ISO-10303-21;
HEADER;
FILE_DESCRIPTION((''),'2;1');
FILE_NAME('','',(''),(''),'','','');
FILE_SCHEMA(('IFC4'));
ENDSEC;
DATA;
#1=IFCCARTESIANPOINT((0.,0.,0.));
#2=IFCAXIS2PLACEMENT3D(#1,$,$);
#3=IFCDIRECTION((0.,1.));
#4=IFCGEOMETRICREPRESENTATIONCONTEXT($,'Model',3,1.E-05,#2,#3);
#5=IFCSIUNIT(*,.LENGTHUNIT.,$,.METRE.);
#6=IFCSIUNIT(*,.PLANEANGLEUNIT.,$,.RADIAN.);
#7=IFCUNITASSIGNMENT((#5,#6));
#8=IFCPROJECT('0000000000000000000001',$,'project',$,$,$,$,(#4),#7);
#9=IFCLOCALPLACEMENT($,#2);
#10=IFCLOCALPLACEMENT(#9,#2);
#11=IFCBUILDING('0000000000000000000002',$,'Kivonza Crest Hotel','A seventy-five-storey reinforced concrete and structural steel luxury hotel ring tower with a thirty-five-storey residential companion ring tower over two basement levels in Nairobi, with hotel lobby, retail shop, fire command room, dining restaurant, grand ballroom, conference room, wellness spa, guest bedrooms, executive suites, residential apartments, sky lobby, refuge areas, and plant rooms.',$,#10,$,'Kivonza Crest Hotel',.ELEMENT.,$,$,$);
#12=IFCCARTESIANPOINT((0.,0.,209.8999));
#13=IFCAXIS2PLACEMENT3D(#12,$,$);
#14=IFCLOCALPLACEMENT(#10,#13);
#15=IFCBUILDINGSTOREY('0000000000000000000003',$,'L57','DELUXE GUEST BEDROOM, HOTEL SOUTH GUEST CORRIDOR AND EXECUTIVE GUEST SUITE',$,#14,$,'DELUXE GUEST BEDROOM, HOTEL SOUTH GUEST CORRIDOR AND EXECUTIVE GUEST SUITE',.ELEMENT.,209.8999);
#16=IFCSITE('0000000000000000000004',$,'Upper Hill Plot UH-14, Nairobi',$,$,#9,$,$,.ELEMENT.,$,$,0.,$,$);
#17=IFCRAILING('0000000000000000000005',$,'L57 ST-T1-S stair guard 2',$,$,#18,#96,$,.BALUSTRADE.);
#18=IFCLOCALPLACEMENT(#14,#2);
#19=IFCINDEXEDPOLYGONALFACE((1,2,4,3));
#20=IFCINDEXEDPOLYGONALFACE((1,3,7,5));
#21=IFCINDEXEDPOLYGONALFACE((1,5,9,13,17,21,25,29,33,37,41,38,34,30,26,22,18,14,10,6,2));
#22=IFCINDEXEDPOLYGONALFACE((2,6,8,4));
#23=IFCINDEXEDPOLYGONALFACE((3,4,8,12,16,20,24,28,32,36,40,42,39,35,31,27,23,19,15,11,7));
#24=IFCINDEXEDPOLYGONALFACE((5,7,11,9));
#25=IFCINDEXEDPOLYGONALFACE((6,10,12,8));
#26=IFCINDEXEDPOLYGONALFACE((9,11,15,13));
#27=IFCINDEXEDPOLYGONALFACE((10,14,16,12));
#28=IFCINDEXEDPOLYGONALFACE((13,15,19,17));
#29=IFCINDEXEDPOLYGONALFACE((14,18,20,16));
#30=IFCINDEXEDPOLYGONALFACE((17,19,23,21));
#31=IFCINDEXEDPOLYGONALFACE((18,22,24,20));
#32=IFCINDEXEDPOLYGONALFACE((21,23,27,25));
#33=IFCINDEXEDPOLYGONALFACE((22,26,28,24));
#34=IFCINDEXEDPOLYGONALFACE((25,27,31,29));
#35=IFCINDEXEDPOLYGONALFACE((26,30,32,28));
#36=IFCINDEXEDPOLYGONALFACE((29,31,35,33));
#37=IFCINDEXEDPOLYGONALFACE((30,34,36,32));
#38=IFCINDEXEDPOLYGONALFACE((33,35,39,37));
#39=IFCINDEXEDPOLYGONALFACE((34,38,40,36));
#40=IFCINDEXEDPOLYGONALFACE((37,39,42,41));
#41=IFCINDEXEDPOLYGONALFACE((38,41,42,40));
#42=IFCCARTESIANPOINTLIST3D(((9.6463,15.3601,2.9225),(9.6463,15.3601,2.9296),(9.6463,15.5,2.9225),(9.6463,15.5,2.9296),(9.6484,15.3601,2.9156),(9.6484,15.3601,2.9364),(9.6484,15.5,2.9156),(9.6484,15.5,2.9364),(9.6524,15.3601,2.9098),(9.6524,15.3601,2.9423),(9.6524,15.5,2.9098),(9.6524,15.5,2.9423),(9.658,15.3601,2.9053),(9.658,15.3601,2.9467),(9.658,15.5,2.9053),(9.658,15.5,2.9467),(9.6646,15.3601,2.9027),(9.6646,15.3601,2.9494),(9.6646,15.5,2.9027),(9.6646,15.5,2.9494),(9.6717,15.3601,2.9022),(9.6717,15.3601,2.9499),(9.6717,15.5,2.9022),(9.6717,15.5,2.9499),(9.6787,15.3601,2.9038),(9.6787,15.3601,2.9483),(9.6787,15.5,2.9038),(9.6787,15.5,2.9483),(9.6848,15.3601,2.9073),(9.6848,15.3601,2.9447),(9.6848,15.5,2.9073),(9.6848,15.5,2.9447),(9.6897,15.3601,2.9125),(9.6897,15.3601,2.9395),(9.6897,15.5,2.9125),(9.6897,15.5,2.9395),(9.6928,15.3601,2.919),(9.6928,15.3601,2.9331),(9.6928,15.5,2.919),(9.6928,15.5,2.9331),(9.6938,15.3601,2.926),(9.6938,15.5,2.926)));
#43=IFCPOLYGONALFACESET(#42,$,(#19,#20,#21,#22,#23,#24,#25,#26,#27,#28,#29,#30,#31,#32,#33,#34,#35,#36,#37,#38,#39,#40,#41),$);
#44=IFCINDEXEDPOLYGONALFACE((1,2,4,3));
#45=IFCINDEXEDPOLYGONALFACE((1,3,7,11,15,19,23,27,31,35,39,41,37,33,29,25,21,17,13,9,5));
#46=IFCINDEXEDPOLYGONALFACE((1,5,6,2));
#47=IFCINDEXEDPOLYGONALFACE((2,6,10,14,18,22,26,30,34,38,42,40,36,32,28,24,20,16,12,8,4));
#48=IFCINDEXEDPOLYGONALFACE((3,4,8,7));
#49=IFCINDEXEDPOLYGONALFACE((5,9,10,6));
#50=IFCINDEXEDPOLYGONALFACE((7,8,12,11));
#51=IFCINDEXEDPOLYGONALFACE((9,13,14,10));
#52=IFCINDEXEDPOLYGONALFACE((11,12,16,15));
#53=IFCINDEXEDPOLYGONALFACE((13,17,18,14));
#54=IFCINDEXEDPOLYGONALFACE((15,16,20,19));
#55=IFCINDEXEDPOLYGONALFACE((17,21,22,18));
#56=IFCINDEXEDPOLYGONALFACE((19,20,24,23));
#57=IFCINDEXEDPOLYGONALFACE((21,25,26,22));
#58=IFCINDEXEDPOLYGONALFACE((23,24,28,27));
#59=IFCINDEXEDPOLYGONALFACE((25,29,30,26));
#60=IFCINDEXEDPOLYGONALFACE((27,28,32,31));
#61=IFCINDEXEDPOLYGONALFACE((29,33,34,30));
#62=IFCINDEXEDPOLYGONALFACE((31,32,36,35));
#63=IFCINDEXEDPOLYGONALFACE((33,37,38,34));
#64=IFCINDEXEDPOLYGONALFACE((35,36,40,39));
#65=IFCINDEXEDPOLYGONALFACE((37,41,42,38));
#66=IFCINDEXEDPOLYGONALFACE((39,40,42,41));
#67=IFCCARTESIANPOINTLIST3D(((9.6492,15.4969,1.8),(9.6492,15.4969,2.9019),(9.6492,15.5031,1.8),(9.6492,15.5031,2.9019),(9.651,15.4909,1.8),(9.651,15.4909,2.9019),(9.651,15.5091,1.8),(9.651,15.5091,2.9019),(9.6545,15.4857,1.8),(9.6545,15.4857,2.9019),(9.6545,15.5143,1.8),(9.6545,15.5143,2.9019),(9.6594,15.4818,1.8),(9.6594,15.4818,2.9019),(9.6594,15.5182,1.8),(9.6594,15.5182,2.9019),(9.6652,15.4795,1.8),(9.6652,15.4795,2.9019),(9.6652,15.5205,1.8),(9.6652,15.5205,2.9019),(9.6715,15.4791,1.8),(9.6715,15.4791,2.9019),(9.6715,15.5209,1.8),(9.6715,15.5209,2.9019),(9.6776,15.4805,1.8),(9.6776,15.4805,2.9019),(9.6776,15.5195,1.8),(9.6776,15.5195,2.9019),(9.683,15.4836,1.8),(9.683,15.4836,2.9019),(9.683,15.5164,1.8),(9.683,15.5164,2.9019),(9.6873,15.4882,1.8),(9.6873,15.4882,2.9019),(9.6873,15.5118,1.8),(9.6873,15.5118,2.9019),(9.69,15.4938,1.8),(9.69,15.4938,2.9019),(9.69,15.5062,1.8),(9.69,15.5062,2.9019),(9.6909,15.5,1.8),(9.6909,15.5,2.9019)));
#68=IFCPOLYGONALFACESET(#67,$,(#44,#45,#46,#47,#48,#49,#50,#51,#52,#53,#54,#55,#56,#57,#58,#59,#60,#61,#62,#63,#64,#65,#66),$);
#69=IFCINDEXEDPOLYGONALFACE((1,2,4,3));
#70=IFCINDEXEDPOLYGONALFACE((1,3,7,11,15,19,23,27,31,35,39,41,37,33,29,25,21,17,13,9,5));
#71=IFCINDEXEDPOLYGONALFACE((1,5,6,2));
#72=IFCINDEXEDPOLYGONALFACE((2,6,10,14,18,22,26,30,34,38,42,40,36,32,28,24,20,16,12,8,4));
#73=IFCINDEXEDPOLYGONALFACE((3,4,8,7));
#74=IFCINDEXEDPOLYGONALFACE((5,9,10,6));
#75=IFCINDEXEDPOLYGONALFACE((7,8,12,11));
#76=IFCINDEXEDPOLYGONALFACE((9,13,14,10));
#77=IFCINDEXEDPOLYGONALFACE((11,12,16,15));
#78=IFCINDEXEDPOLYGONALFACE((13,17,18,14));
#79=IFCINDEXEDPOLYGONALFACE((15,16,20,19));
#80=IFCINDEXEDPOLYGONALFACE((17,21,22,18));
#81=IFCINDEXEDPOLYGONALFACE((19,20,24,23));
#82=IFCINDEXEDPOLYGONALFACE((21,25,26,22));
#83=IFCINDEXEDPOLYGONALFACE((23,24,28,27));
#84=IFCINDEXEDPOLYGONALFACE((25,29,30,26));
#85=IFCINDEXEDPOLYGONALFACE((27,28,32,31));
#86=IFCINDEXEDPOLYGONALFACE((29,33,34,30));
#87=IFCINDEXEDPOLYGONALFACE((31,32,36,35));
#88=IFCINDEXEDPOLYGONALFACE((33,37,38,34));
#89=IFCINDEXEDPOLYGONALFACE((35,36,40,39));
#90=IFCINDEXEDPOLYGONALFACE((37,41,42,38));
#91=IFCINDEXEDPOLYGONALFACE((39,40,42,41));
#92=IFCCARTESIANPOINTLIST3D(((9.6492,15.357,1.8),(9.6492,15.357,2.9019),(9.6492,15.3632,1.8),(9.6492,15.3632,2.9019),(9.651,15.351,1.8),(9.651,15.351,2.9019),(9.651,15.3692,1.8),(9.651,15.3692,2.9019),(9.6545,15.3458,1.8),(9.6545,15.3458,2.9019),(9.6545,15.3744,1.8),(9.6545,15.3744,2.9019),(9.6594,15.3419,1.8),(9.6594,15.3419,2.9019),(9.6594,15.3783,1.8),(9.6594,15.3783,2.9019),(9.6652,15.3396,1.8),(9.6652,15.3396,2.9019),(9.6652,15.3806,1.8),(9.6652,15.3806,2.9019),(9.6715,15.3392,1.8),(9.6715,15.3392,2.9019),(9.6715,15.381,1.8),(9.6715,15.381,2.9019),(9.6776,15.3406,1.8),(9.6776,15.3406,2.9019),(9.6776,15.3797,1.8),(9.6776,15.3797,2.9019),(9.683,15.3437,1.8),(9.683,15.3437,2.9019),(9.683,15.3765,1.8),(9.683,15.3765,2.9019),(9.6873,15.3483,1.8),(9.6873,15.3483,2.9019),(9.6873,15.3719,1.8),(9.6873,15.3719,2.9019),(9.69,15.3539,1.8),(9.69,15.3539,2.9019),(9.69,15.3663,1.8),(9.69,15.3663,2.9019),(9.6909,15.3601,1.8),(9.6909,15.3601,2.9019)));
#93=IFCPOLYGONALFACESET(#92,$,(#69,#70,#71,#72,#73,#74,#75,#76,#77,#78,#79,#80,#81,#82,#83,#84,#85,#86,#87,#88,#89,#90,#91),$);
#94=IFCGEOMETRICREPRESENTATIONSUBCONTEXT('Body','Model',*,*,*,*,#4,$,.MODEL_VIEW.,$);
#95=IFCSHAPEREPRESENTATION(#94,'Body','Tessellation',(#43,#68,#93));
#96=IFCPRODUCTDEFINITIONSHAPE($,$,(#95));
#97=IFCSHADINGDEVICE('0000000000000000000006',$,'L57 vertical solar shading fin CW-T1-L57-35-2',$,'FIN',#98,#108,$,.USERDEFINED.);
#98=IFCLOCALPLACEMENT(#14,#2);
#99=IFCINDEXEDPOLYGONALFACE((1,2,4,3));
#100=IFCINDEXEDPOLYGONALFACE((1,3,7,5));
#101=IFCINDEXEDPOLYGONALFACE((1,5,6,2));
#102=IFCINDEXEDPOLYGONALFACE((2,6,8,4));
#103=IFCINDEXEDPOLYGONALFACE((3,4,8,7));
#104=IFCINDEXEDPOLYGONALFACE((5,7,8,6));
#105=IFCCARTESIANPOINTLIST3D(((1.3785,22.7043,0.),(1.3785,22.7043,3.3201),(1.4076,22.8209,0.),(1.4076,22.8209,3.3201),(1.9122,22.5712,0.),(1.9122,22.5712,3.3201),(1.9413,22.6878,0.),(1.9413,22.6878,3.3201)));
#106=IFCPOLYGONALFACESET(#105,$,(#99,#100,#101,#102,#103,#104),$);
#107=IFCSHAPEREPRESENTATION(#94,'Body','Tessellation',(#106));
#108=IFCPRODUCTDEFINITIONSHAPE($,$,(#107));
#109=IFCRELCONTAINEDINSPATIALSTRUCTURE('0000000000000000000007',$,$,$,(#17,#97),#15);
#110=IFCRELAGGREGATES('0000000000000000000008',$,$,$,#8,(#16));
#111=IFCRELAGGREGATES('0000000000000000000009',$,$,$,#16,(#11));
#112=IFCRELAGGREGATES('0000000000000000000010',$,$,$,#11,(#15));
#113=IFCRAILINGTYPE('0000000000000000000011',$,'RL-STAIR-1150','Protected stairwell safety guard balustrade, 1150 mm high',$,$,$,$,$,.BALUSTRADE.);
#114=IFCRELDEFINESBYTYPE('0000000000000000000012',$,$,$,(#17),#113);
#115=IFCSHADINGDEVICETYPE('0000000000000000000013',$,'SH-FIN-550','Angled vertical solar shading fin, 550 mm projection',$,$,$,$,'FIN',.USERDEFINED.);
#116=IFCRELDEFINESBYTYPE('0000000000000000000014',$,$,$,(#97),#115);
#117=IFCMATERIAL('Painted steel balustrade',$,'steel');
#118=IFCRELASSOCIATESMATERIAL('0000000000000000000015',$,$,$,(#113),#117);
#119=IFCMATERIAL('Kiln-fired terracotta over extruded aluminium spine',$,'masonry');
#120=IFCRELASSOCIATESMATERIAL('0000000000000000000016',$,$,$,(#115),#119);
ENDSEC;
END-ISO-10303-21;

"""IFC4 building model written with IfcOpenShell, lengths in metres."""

from ifc_helpers import new_model, si_unit, direction, frame, origin, origin_2d, place, context, subcontext, project, spatial, rectangle, circle, extrude, material, type_object, element, save


model = new_model("IFC4")

# Units and contexts
model_context = context("Model", 3, precision=1e-05, world=origin(), true_north=direction((0.0, 1.0)))
body_context = subcontext(model_context, "Body", "Model", "MODEL_VIEW")
ifc_project = project(units=[si_unit("LENGTHUNIT", "METRE"), si_unit("PLANEANGLEUNIT", "RADIAN")], contexts=[model_context])

# Site, building, storey
site_placement = place(None, origin())
site = spatial("IfcSite", under=ifc_project, at=site_placement, Name="Upper Hill Plot UH-14, Nairobi", CompositionType="ELEMENT", RefElevation=0.0)
building_placement = place(site_placement, origin())
building = spatial("IfcBuilding", under=site, at=building_placement, Name="Kivonza Crest Hotel", Description="A seventy-five-storey reinforced concrete and structural steel luxury hotel ring tower with a thirty-five-storey residential companion ring tower over two basement levels in Nairobi, with hotel lobby, retail shop, fire command room, dining restaurant, grand ballroom, conference room, wellness spa, guest bedrooms, executive suites, residential apartments, sky lobby, refuge areas, and plant rooms.", LongName="Kivonza Crest Hotel", CompositionType="ELEMENT")
storey_placement = place(building_placement, frame((0.0, 0.0, 209.8999)))
storey = spatial("IfcBuildingStorey", under=building, at=storey_placement, Name="L57", Description="DELUXE GUEST BEDROOM, HOTEL SOUTH GUEST CORRIDOR AND EXECUTIVE GUEST SUITE", LongName="DELUXE GUEST BEDROOM, HOTEL SOUTH GUEST CORRIDOR AND EXECUTIVE GUEST SUITE", CompositionType="ELEMENT", Elevation=209.8999)

# Railing
ifc_material_1 = material(Name="Painted steel balustrade", Category="steel")
railing_type_1 = type_object("IfcRailingType", Name="RL-STAIR-1150", Description="Protected stairwell safety guard balustrade, 1150 mm high", PredefinedType="BALUSTRADE", material=ifc_material_1)
railing_1_placement = place(storey_placement, frame((9.6699, 15.5, 1.8)))
element("IfcRailing", 1, at=railing_1_placement, inside=storey, type_object=railing_type_1, Name="L57 ST-T1-S stair guard 2", PredefinedType="BALUSTRADE", context=body_context, shape_type="SweptSolid", body=[
    extrude(circle(Radius=0.0239, at=origin_2d()), frame((0.0, 0.0, 1.126), z_axis=(0.0, -1.0, 0.0), x_axis=(1.0, 0.0, 0.0)), (0.0, 0.0, 1.0), 0.1399),
    extrude(circle(Radius=0.021, at=origin_2d()), origin(), (0.0, 0.0, 1.0), 1.1018),
    extrude(circle(Radius=0.021, at=origin_2d()), frame((0.0, -0.1399, 0.0)), (0.0, 0.0, 1.0), 1.1018),
])

# Shading device
ifc_material_2 = material(Name="Kiln-fired terracotta over extruded aluminium spine", Category="masonry")
shading_device_type = type_object("IfcShadingDeviceType", Name="SH-FIN-550", Description="Angled vertical solar shading fin, 550 mm projection", ElementType="FIN", PredefinedType="USERDEFINED", material=ifc_material_2)
shading_device_placement = place(storey_placement, frame((1.6599, 22.696, 0.0), z_axis=(0.0, 0.0, 1.0), x_axis=(-0.241922, -0.970296, 0.0)))
element("IfcShadingDevice", 2, at=shading_device_placement, inside=storey, type_object=shading_device_type, Name="L57 vertical solar shading fin CW-T1-L57-35-2", ObjectType="FIN", PredefinedType="USERDEFINED", context=body_context, shape_type="SweptSolid", body=[
    extrude(rectangle(XDim=0.1201, YDim=0.55, at=origin_2d()), origin(), (0.0, 0.0, 1.0), 3.3201),
])

save(model, "model.ifc")
